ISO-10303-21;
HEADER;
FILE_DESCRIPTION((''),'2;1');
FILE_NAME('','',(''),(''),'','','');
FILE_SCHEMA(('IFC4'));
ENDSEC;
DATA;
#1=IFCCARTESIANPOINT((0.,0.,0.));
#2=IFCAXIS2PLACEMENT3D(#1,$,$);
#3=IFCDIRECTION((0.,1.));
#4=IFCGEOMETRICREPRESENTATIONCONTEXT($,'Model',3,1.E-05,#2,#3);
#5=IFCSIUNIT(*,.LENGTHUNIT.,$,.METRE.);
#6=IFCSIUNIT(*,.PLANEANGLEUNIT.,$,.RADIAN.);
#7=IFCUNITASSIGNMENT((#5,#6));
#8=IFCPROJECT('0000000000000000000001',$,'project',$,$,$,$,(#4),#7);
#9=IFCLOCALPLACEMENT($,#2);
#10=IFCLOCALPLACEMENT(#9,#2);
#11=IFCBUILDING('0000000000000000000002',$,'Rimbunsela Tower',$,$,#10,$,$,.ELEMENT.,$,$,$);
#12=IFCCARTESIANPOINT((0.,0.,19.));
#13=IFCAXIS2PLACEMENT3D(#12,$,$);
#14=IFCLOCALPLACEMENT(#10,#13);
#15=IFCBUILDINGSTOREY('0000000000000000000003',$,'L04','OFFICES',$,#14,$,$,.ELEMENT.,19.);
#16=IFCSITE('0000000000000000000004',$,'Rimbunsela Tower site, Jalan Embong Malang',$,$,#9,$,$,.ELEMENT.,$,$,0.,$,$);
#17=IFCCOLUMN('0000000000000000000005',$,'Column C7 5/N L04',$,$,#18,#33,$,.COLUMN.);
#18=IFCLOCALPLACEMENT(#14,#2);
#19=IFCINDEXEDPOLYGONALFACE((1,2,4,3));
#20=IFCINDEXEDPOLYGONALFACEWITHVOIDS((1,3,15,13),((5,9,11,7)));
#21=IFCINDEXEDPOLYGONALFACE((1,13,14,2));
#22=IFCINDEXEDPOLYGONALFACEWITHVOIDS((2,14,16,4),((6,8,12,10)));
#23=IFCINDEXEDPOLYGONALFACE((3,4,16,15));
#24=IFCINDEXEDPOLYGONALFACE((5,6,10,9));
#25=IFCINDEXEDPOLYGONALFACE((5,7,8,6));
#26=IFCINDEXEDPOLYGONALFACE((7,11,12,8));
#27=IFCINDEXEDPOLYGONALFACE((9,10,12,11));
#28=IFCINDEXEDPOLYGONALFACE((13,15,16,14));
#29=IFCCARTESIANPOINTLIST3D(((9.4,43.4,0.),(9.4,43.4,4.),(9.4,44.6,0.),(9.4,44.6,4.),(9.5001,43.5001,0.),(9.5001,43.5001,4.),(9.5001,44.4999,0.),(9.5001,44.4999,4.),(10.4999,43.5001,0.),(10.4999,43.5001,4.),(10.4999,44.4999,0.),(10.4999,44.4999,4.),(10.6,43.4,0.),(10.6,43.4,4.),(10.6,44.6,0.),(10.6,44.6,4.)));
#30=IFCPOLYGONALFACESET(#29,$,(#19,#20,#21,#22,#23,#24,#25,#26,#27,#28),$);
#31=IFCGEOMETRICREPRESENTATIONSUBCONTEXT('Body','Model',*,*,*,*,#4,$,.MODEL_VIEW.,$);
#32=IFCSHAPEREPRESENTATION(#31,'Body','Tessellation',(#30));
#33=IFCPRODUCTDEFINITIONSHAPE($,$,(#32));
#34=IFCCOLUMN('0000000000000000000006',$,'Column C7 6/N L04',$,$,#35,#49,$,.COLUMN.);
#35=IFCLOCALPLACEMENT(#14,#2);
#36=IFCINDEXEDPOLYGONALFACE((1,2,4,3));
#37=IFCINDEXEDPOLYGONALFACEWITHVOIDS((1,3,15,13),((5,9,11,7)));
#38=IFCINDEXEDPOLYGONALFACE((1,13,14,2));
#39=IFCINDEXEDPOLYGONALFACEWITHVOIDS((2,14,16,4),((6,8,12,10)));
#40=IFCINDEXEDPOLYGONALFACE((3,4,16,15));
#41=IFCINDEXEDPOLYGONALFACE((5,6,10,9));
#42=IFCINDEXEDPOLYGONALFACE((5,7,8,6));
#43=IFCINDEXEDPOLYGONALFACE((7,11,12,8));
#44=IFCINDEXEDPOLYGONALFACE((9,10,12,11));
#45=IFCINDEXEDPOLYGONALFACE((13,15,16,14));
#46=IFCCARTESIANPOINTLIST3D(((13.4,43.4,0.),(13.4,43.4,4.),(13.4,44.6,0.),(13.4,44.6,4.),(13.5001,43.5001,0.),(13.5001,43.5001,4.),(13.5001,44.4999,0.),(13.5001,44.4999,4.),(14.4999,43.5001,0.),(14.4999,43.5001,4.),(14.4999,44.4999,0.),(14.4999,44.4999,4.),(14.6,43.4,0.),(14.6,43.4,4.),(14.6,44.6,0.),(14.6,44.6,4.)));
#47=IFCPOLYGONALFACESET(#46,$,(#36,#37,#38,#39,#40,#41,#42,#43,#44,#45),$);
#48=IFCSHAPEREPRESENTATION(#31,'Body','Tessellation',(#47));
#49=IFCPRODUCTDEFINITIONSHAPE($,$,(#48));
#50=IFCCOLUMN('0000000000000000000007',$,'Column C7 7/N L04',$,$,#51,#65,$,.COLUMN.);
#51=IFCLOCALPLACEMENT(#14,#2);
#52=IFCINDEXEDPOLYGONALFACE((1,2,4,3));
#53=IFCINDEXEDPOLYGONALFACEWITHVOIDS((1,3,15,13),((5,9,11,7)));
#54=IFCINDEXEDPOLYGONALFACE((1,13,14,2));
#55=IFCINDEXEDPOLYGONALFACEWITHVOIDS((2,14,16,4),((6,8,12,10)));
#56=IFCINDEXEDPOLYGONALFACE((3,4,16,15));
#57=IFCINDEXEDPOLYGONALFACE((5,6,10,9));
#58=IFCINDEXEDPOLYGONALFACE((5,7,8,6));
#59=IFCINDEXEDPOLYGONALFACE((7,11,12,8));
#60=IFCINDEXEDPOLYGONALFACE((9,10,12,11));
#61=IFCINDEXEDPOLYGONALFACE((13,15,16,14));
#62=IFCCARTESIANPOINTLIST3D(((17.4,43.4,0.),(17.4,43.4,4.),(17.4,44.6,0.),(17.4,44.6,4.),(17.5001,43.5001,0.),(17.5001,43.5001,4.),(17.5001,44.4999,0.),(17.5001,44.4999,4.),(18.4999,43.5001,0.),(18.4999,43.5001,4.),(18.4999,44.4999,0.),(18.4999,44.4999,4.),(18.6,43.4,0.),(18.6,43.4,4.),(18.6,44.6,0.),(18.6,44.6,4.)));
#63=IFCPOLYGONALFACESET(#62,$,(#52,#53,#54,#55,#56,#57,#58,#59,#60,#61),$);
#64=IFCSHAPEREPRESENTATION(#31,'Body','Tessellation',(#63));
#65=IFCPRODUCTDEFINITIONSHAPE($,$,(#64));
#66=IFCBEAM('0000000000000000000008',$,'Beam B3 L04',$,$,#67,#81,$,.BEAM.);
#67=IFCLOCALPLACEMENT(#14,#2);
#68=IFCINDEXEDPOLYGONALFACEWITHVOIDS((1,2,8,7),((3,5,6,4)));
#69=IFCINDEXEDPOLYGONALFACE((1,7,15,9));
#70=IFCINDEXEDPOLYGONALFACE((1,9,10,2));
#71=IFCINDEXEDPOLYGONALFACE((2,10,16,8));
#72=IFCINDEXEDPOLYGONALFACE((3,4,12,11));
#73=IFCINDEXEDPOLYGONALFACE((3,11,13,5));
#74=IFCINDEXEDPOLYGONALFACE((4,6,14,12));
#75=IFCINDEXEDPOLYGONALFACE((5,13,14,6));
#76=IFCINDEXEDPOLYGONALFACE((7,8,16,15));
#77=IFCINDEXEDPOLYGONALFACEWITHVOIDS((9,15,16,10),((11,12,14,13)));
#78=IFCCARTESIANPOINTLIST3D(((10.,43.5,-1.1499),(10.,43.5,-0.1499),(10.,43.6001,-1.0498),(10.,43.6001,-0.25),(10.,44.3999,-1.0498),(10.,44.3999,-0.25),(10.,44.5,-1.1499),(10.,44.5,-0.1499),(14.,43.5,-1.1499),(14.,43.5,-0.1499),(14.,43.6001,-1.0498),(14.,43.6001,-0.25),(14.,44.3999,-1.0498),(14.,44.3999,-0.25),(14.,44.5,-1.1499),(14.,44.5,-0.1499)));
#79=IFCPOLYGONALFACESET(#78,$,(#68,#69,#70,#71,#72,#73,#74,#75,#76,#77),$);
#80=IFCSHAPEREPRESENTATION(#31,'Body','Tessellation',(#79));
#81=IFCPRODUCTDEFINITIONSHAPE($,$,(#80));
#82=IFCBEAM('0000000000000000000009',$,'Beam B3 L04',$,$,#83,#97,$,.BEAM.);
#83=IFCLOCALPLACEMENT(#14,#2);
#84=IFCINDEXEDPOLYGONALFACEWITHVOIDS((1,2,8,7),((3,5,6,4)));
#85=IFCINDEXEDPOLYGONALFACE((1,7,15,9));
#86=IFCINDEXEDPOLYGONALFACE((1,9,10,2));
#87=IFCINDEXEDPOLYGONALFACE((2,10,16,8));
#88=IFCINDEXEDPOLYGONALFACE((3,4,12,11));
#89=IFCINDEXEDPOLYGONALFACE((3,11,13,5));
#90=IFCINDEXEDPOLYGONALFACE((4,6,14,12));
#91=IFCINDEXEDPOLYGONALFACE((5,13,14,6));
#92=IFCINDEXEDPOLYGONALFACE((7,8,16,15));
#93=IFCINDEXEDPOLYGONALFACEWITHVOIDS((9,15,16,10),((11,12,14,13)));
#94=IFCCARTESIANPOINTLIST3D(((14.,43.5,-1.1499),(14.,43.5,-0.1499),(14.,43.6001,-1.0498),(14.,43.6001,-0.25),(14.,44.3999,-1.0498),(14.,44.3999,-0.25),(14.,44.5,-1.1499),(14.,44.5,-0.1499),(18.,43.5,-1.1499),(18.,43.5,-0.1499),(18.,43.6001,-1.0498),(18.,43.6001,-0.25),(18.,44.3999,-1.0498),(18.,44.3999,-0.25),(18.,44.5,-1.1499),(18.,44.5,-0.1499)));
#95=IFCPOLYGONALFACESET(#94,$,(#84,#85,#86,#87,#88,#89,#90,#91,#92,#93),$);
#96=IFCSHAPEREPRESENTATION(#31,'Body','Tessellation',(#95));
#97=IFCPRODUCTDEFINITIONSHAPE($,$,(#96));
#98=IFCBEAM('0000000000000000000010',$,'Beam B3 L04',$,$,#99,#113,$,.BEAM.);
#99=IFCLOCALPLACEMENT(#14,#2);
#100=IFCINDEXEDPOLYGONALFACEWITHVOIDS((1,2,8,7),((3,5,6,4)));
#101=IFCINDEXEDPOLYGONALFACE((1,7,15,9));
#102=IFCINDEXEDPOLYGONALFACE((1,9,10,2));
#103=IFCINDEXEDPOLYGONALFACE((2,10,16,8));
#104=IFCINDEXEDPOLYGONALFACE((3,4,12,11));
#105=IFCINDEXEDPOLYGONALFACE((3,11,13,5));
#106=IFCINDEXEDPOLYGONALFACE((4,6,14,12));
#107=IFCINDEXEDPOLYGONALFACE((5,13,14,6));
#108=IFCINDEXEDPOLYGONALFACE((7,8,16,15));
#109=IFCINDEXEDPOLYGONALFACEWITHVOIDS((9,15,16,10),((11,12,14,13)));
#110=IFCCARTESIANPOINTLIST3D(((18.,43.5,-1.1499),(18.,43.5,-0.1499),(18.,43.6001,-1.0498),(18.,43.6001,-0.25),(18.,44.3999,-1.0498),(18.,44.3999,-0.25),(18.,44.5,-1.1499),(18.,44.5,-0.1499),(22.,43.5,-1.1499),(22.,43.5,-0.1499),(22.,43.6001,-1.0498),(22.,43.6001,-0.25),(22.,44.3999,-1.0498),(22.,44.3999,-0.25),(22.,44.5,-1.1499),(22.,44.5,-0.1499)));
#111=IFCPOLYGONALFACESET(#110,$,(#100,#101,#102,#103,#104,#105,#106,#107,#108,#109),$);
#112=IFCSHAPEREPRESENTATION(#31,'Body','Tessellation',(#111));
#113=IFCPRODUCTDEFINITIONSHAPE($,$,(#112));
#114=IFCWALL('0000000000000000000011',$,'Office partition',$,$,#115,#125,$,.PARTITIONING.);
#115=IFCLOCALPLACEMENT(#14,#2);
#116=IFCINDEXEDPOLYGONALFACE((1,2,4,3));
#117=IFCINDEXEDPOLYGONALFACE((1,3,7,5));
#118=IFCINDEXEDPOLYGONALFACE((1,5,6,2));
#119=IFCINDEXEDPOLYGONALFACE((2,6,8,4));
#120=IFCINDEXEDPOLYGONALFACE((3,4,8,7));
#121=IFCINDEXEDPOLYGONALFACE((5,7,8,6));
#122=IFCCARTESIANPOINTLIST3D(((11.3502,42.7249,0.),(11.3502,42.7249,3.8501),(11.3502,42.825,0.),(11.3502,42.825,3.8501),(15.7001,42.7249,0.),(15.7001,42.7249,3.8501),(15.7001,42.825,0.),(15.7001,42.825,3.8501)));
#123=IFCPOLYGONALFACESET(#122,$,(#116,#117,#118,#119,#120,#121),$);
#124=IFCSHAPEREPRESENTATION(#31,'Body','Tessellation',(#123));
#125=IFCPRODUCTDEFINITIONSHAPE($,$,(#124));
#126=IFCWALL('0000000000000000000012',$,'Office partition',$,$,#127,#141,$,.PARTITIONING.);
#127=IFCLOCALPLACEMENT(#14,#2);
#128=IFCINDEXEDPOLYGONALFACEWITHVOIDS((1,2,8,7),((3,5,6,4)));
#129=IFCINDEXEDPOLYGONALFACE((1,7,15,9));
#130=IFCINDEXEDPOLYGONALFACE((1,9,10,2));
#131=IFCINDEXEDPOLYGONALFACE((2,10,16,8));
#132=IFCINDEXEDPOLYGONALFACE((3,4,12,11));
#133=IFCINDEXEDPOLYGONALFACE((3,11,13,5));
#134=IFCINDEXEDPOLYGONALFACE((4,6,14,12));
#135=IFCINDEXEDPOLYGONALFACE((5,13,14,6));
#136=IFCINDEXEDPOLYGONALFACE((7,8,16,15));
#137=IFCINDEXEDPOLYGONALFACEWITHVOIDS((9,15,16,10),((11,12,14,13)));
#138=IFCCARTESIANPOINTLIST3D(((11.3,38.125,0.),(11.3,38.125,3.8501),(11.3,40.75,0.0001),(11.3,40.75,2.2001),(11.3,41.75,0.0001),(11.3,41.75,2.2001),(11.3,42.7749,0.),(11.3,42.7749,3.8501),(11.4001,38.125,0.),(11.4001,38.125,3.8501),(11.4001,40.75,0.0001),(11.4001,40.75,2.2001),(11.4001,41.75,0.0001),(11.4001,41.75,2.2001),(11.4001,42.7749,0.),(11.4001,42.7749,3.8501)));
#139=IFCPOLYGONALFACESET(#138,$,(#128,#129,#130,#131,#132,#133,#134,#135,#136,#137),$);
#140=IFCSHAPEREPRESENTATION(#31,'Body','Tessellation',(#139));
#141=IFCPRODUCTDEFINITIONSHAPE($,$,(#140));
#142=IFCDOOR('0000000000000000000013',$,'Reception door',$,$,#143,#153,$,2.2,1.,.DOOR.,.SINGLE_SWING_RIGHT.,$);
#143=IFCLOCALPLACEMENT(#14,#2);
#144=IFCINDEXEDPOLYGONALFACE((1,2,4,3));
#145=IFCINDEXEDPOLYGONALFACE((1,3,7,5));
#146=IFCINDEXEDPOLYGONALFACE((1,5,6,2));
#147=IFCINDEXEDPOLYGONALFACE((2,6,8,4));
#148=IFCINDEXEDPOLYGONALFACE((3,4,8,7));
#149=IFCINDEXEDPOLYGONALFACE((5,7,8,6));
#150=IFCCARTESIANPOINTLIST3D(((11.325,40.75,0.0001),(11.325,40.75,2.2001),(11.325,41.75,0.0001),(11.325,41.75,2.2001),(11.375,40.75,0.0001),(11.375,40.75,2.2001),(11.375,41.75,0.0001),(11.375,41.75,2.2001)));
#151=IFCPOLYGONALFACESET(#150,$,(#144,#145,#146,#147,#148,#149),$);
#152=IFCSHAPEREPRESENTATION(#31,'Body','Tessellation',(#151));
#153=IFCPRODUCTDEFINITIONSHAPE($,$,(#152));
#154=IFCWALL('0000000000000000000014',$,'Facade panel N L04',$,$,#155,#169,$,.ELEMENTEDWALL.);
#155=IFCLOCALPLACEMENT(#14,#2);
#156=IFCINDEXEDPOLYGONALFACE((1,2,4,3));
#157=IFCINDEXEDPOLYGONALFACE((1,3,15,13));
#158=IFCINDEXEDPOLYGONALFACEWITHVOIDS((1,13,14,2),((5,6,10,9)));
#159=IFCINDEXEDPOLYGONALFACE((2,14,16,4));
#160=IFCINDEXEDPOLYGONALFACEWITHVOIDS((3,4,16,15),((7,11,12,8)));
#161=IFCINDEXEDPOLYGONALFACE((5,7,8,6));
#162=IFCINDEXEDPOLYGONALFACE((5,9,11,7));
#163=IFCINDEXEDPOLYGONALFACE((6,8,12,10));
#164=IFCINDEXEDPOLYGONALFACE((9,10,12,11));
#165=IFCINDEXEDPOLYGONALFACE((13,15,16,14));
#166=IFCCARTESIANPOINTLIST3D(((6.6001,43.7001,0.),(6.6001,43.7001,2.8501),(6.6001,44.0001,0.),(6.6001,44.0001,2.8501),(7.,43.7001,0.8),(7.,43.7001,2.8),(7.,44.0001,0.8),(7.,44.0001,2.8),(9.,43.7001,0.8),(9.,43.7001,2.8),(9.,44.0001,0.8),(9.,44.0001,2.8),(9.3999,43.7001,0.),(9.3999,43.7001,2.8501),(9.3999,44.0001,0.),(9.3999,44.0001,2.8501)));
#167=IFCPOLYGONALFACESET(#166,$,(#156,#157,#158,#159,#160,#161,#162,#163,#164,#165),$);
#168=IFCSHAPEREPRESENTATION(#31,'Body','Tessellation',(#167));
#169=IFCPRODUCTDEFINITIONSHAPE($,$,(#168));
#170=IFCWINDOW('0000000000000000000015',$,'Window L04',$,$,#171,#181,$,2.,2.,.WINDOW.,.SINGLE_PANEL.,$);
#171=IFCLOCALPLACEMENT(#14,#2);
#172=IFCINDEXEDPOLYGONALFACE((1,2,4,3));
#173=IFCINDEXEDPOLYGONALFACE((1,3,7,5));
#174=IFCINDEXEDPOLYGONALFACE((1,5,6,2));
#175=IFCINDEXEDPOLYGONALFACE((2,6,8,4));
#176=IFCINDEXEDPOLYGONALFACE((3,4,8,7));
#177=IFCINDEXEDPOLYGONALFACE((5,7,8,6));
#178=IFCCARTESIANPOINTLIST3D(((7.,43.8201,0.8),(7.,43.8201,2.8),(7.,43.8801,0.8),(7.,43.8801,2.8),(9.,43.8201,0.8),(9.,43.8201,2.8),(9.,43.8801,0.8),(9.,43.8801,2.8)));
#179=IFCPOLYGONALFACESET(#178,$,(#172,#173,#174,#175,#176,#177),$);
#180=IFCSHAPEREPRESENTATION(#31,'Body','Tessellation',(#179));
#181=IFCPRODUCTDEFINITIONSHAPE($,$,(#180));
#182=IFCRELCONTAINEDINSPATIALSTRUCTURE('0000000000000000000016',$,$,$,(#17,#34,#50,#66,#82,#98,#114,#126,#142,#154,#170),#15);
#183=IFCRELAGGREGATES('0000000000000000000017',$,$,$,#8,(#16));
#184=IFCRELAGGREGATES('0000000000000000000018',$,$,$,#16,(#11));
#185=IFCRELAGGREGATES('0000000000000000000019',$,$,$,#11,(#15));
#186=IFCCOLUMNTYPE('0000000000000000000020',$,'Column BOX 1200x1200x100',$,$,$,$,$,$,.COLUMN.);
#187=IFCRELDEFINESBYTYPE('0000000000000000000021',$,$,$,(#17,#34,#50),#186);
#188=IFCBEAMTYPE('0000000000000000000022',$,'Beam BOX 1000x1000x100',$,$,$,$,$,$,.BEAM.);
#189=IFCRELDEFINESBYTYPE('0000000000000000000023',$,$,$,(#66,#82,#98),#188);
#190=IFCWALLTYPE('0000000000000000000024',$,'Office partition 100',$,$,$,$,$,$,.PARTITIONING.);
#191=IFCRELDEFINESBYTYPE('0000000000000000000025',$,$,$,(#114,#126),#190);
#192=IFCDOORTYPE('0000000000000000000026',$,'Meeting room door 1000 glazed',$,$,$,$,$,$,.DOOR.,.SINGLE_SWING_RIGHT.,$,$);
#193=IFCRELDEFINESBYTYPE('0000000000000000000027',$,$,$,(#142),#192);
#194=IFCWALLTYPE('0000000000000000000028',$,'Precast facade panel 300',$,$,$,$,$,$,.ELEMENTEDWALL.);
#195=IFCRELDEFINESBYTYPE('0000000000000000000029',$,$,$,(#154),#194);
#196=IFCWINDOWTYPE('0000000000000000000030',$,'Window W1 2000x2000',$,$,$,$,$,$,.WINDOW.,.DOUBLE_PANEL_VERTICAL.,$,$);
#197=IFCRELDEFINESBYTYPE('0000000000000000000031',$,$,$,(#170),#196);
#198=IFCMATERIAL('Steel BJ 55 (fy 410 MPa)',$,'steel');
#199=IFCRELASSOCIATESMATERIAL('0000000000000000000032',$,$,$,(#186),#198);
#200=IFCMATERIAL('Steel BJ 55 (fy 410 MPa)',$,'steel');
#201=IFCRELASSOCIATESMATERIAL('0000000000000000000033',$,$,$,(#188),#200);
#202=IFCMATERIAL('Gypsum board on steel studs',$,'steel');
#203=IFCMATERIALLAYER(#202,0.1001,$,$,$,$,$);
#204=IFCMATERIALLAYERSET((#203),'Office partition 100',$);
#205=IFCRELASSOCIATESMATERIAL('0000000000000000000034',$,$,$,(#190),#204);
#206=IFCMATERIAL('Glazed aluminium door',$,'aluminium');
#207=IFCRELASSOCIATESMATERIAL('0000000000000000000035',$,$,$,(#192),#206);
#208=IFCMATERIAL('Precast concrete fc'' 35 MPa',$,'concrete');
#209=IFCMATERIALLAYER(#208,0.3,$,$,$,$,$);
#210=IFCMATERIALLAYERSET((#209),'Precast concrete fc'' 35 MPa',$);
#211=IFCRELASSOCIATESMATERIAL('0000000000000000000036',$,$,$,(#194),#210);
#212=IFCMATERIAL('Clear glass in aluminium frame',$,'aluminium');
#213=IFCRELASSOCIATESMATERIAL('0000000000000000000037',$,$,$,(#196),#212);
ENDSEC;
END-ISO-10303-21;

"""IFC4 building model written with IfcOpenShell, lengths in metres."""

from ifc_helpers import new_model, si_unit, direction, frame, frame_2d, origin, origin_2d, place, context, subcontext, project, spatial, rectangle, hollow_rectangle, extrude, material, layer, layer_set, material_profile, profile_set, type_object, element, fill, save


model = new_model("IFC4")

# Units and contexts
model_context = context("Model", 3, precision=1e-05, world=origin(), true_north=direction((0.0, 1.0)))
body_context = subcontext(model_context, "Body", "Model", "MODEL_VIEW")
ifc_project = project(units=[si_unit("LENGTHUNIT", "METRE"), si_unit("PLANEANGLEUNIT", "RADIAN")], contexts=[model_context])

# Site, building, storey
site_placement = place(None, origin())
site = spatial("IfcSite", under=ifc_project, at=site_placement, Name="Rimbunsela Tower site, Jalan Embong Malang", CompositionType="ELEMENT", RefElevation=0.0)
building_placement = place(site_placement, origin())
building = spatial("IfcBuilding", under=site, at=building_placement, Name="Rimbunsela Tower", CompositionType="ELEMENT")
storey_placement = place(building_placement, frame((0.0, 0.0, 19.0)))
storey = spatial("IfcBuildingStorey", under=building, at=storey_placement, Name="L04", Description="OFFICES", CompositionType="ELEMENT", Elevation=19.0)

# Columns
ifc_material_1 = material(Name="Steel BJ 55 (fy 410 MPa)", Category="steel")
ifc_material_profile_1 = material_profile(ifc_material_1, hollow_rectangle(XDim=1.2, YDim=1.2, WallThickness=0.1001, at=origin_2d()), Name="BOX 1200x1200x100")
ifc_profile_set_1 = profile_set([ifc_material_profile_1], Name="Steel BJ 55 (fy 410 MPa)")
column_type = type_object("IfcColumnType", Name="Column BOX 1200x1200x100", PredefinedType="COLUMN", material=ifc_profile_set_1)
for number, where, z_axis, x_axis, name in (
    (1, (10.0, 44.0, 0.0), (0.0, 0.0, 1.0), (1.0, 0.0, 0.0), "Column C7 5/N L04"),
    (2, (14.0, 44.0, 0.0), (0.0, 0.0, 1.0), (1.0, 0.0, 0.0), "Column C7 6/N L04"),
    (3, (18.0, 44.0, 0.0), (0.0, 0.0, 1.0), (1.0, 0.0, 0.0), "Column C7 7/N L04"),
):
    element("IfcColumn", number, at=place(storey_placement, frame(where, z_axis=z_axis, x_axis=x_axis)), inside=storey, type_object=column_type, Name=name, PredefinedType="COLUMN", context=body_context, shape_type="SweptSolid", body=[
        extrude(hollow_rectangle(XDim=1.2, YDim=1.2, WallThickness=0.1001, at=origin_2d()), origin(), (0.0, 0.0, 1.0), 4.0),
    ])

# Beams
ifc_material_2 = material(Name="Steel BJ 55 (fy 410 MPa)", Category="steel")
ifc_material_profile_2 = material_profile(ifc_material_2, hollow_rectangle(XDim=1.0, YDim=1.0, WallThickness=0.1001, at=origin_2d()), Name="BOX 1000x1000x100")
ifc_profile_set_2 = profile_set([ifc_material_profile_2], Name="Steel BJ 55 (fy 410 MPa)")
beam_type = type_object("IfcBeamType", Name="Beam BOX 1000x1000x100", PredefinedType="BEAM", material=ifc_profile_set_2)
for number, where, z_axis, x_axis, name in (
    (4, (10.0, 44.0, -0.6499), (1.0, 0.0, 0.0), (0.0, 1.0, 0.0), "Beam B3 L04"),
    (5, (14.0, 44.0, -0.6499), (1.0, 0.0, 0.0), (0.0, 1.0, 0.0), "Beam B3 L04"),
    (6, (18.0, 44.0, -0.6499), (1.0, 0.0, 0.0), (0.0, 1.0, 0.0), "Beam B3 L04"),
):
    element("IfcBeam", number, at=place(storey_placement, frame(where, z_axis=z_axis, x_axis=x_axis)), inside=storey, type_object=beam_type, Name=name, PredefinedType="BEAM", context=body_context, shape_type="SweptSolid", body=[
        extrude(hollow_rectangle(XDim=1.0, YDim=1.0, WallThickness=0.1001, at=origin_2d()), origin(), (0.0, 0.0, 1.0), 4.0),
    ])

# Wall
ifc_material_3 = material(Name="Gypsum board on steel studs", Category="steel")
ifc_layer_1 = layer(ifc_material_3, 0.1001)
ifc_layer_set_1 = layer_set([ifc_layer_1], Name="Office partition 100")
wall_type_1 = type_object("IfcWallType", Name="Office partition 100", PredefinedType="PARTITIONING", material=ifc_layer_set_1)
wall_1_placement = place(storey_placement, frame((15.7, 42.7749, 0.0), z_axis=(0.0, 0.0, 1.0), x_axis=(-1.0, 0.0, 0.0)))
element("IfcWall", 7, at=wall_1_placement, inside=storey, type_object=wall_type_1, Name="Office partition", PredefinedType="PARTITIONING", context=body_context, shape_type="SweptSolid", body=[
    extrude(rectangle(XDim=4.3499, YDim=0.1001, at=frame_2d((2.1748, 0.0))), origin(), (0.0, 0.0, 1.0), 3.8501),
])

# Wall, opening, door
wall_2_placement = place(storey_placement, frame((11.3501, 42.7749, 0.0), z_axis=(0.0, 0.0, 1.0), x_axis=(0.0, -1.0, 0.0)))
wall_2 = element("IfcWall", 8, at=wall_2_placement, inside=storey, type_object=wall_type_1, Name="Office partition", PredefinedType="PARTITIONING", context=body_context, shape_type="SweptSolid", body=[
    extrude(rectangle(XDim=4.6499, YDim=0.1001, at=frame_2d((2.325, 0.0))), origin(), (0.0, 0.0, 1.0), 3.8501),
])
opening_1_placement = place(wall_2_placement, frame((1.0249, 0.0, 0.0)))
opening_1 = element("IfcOpeningElement", 9, at=opening_1_placement, cuts=wall_2, PredefinedType="OPENING", context=body_context, shape_type="SweptSolid", body=[
    extrude(rectangle(XDim=1.0, YDim=2.2, at=frame_2d((0.5, 1.1001))), frame((0.0, 0.0601, 0.0), z_axis=(0.0, -1.0, 0.0), x_axis=(1.0, 0.0, 0.0)), (0.0, 0.0, 1.0), 0.1201),
])
ifc_material_4 = material(Name="Glazed aluminium door", Category="aluminium")
door_type = type_object("IfcDoorType", Name="Meeting room door 1000 glazed", OperationType="SINGLE_SWING_RIGHT", PredefinedType="DOOR", material=ifc_material_4)
door_placement = place(opening_1_placement, origin())
door = element("IfcDoor", 10, at=door_placement, inside=storey, type_object=door_type, Name="Reception door", OperationType="SINGLE_SWING_RIGHT", OverallHeight=2.2, OverallWidth=1.0, PredefinedType="DOOR", context=body_context, shape_type="SweptSolid", body=[
    extrude(rectangle(XDim=1.0, YDim=2.2, at=frame_2d((0.5, 1.1001))), frame((0.0, 0.0249, 0.0), z_axis=(0.0, -1.0, 0.0), x_axis=(1.0, 0.0, 0.0)), (0.0, 0.0, 1.0), 0.05),
])
fill(opening_1, door)

# Wall, opening, window
ifc_material_5 = material(Name="Precast concrete fc' 35 MPa", Category="concrete")
ifc_layer_2 = layer(ifc_material_5, 0.3)
ifc_layer_set_2 = layer_set([ifc_layer_2], Name="Precast concrete fc' 35 MPa")
wall_type_2 = type_object("IfcWallType", Name="Precast facade panel 300", PredefinedType="ELEMENTEDWALL", material=ifc_layer_set_2)
wall_3_placement = place(storey_placement, frame((9.3999, 43.8501, 0.0), z_axis=(0.0, 0.0, 1.0), x_axis=(-1.0, 0.0, 0.0)))
wall_3 = element("IfcWall", 11, at=wall_3_placement, inside=storey, type_object=wall_type_2, Name="Facade panel N L04", PredefinedType="ELEMENTEDWALL", context=body_context, shape_type="SweptSolid", body=[
    extrude(rectangle(XDim=2.7998, YDim=0.3, at=frame_2d((1.3999, 0.0))), origin(), (0.0, 0.0, 1.0), 2.8501),
])
opening_2_placement = place(wall_3_placement, frame((0.3999, 0.0, 0.8)))
opening_2 = element("IfcOpeningElement", 12, at=opening_2_placement, cuts=wall_3, PredefinedType="OPENING", context=body_context, shape_type="SweptSolid", body=[
    extrude(rectangle(XDim=2.0, YDim=2.0, at=frame_2d((1.0, 1.0))), frame((0.0, 0.1599, 0.0), z_axis=(0.0, -1.0, 0.0), x_axis=(1.0, 0.0, 0.0)), (0.0, 0.0, 1.0), 0.3201),
])
ifc_material_6 = material(Name="Clear glass in aluminium frame", Category="aluminium")
window_type = type_object("IfcWindowType", Name="Window W1 2000x2000", PartitioningType="DOUBLE_PANEL_VERTICAL", PredefinedType="WINDOW", material=ifc_material_6)
window_1_placement = place(opening_2_placement, origin())
window_1 = element("IfcWindow", 13, at=window_1_placement, inside=storey, type_object=window_type, Name="Window L04", OverallHeight=2.0, OverallWidth=2.0, PartitioningType="SINGLE_PANEL", PredefinedType="WINDOW", context=body_context, shape_type="SweptSolid", body=[
    extrude(rectangle(XDim=2.0, YDim=2.0, at=frame_2d((1.0, 1.0))), frame((0.0, 0.03, 0.0), z_axis=(0.0, -1.0, 0.0), x_axis=(1.0, 0.0, 0.0)), (0.0, 0.0, 1.0), 0.0601),
])
fill(opening_2, window_1)

save(model, "model.ifc")
